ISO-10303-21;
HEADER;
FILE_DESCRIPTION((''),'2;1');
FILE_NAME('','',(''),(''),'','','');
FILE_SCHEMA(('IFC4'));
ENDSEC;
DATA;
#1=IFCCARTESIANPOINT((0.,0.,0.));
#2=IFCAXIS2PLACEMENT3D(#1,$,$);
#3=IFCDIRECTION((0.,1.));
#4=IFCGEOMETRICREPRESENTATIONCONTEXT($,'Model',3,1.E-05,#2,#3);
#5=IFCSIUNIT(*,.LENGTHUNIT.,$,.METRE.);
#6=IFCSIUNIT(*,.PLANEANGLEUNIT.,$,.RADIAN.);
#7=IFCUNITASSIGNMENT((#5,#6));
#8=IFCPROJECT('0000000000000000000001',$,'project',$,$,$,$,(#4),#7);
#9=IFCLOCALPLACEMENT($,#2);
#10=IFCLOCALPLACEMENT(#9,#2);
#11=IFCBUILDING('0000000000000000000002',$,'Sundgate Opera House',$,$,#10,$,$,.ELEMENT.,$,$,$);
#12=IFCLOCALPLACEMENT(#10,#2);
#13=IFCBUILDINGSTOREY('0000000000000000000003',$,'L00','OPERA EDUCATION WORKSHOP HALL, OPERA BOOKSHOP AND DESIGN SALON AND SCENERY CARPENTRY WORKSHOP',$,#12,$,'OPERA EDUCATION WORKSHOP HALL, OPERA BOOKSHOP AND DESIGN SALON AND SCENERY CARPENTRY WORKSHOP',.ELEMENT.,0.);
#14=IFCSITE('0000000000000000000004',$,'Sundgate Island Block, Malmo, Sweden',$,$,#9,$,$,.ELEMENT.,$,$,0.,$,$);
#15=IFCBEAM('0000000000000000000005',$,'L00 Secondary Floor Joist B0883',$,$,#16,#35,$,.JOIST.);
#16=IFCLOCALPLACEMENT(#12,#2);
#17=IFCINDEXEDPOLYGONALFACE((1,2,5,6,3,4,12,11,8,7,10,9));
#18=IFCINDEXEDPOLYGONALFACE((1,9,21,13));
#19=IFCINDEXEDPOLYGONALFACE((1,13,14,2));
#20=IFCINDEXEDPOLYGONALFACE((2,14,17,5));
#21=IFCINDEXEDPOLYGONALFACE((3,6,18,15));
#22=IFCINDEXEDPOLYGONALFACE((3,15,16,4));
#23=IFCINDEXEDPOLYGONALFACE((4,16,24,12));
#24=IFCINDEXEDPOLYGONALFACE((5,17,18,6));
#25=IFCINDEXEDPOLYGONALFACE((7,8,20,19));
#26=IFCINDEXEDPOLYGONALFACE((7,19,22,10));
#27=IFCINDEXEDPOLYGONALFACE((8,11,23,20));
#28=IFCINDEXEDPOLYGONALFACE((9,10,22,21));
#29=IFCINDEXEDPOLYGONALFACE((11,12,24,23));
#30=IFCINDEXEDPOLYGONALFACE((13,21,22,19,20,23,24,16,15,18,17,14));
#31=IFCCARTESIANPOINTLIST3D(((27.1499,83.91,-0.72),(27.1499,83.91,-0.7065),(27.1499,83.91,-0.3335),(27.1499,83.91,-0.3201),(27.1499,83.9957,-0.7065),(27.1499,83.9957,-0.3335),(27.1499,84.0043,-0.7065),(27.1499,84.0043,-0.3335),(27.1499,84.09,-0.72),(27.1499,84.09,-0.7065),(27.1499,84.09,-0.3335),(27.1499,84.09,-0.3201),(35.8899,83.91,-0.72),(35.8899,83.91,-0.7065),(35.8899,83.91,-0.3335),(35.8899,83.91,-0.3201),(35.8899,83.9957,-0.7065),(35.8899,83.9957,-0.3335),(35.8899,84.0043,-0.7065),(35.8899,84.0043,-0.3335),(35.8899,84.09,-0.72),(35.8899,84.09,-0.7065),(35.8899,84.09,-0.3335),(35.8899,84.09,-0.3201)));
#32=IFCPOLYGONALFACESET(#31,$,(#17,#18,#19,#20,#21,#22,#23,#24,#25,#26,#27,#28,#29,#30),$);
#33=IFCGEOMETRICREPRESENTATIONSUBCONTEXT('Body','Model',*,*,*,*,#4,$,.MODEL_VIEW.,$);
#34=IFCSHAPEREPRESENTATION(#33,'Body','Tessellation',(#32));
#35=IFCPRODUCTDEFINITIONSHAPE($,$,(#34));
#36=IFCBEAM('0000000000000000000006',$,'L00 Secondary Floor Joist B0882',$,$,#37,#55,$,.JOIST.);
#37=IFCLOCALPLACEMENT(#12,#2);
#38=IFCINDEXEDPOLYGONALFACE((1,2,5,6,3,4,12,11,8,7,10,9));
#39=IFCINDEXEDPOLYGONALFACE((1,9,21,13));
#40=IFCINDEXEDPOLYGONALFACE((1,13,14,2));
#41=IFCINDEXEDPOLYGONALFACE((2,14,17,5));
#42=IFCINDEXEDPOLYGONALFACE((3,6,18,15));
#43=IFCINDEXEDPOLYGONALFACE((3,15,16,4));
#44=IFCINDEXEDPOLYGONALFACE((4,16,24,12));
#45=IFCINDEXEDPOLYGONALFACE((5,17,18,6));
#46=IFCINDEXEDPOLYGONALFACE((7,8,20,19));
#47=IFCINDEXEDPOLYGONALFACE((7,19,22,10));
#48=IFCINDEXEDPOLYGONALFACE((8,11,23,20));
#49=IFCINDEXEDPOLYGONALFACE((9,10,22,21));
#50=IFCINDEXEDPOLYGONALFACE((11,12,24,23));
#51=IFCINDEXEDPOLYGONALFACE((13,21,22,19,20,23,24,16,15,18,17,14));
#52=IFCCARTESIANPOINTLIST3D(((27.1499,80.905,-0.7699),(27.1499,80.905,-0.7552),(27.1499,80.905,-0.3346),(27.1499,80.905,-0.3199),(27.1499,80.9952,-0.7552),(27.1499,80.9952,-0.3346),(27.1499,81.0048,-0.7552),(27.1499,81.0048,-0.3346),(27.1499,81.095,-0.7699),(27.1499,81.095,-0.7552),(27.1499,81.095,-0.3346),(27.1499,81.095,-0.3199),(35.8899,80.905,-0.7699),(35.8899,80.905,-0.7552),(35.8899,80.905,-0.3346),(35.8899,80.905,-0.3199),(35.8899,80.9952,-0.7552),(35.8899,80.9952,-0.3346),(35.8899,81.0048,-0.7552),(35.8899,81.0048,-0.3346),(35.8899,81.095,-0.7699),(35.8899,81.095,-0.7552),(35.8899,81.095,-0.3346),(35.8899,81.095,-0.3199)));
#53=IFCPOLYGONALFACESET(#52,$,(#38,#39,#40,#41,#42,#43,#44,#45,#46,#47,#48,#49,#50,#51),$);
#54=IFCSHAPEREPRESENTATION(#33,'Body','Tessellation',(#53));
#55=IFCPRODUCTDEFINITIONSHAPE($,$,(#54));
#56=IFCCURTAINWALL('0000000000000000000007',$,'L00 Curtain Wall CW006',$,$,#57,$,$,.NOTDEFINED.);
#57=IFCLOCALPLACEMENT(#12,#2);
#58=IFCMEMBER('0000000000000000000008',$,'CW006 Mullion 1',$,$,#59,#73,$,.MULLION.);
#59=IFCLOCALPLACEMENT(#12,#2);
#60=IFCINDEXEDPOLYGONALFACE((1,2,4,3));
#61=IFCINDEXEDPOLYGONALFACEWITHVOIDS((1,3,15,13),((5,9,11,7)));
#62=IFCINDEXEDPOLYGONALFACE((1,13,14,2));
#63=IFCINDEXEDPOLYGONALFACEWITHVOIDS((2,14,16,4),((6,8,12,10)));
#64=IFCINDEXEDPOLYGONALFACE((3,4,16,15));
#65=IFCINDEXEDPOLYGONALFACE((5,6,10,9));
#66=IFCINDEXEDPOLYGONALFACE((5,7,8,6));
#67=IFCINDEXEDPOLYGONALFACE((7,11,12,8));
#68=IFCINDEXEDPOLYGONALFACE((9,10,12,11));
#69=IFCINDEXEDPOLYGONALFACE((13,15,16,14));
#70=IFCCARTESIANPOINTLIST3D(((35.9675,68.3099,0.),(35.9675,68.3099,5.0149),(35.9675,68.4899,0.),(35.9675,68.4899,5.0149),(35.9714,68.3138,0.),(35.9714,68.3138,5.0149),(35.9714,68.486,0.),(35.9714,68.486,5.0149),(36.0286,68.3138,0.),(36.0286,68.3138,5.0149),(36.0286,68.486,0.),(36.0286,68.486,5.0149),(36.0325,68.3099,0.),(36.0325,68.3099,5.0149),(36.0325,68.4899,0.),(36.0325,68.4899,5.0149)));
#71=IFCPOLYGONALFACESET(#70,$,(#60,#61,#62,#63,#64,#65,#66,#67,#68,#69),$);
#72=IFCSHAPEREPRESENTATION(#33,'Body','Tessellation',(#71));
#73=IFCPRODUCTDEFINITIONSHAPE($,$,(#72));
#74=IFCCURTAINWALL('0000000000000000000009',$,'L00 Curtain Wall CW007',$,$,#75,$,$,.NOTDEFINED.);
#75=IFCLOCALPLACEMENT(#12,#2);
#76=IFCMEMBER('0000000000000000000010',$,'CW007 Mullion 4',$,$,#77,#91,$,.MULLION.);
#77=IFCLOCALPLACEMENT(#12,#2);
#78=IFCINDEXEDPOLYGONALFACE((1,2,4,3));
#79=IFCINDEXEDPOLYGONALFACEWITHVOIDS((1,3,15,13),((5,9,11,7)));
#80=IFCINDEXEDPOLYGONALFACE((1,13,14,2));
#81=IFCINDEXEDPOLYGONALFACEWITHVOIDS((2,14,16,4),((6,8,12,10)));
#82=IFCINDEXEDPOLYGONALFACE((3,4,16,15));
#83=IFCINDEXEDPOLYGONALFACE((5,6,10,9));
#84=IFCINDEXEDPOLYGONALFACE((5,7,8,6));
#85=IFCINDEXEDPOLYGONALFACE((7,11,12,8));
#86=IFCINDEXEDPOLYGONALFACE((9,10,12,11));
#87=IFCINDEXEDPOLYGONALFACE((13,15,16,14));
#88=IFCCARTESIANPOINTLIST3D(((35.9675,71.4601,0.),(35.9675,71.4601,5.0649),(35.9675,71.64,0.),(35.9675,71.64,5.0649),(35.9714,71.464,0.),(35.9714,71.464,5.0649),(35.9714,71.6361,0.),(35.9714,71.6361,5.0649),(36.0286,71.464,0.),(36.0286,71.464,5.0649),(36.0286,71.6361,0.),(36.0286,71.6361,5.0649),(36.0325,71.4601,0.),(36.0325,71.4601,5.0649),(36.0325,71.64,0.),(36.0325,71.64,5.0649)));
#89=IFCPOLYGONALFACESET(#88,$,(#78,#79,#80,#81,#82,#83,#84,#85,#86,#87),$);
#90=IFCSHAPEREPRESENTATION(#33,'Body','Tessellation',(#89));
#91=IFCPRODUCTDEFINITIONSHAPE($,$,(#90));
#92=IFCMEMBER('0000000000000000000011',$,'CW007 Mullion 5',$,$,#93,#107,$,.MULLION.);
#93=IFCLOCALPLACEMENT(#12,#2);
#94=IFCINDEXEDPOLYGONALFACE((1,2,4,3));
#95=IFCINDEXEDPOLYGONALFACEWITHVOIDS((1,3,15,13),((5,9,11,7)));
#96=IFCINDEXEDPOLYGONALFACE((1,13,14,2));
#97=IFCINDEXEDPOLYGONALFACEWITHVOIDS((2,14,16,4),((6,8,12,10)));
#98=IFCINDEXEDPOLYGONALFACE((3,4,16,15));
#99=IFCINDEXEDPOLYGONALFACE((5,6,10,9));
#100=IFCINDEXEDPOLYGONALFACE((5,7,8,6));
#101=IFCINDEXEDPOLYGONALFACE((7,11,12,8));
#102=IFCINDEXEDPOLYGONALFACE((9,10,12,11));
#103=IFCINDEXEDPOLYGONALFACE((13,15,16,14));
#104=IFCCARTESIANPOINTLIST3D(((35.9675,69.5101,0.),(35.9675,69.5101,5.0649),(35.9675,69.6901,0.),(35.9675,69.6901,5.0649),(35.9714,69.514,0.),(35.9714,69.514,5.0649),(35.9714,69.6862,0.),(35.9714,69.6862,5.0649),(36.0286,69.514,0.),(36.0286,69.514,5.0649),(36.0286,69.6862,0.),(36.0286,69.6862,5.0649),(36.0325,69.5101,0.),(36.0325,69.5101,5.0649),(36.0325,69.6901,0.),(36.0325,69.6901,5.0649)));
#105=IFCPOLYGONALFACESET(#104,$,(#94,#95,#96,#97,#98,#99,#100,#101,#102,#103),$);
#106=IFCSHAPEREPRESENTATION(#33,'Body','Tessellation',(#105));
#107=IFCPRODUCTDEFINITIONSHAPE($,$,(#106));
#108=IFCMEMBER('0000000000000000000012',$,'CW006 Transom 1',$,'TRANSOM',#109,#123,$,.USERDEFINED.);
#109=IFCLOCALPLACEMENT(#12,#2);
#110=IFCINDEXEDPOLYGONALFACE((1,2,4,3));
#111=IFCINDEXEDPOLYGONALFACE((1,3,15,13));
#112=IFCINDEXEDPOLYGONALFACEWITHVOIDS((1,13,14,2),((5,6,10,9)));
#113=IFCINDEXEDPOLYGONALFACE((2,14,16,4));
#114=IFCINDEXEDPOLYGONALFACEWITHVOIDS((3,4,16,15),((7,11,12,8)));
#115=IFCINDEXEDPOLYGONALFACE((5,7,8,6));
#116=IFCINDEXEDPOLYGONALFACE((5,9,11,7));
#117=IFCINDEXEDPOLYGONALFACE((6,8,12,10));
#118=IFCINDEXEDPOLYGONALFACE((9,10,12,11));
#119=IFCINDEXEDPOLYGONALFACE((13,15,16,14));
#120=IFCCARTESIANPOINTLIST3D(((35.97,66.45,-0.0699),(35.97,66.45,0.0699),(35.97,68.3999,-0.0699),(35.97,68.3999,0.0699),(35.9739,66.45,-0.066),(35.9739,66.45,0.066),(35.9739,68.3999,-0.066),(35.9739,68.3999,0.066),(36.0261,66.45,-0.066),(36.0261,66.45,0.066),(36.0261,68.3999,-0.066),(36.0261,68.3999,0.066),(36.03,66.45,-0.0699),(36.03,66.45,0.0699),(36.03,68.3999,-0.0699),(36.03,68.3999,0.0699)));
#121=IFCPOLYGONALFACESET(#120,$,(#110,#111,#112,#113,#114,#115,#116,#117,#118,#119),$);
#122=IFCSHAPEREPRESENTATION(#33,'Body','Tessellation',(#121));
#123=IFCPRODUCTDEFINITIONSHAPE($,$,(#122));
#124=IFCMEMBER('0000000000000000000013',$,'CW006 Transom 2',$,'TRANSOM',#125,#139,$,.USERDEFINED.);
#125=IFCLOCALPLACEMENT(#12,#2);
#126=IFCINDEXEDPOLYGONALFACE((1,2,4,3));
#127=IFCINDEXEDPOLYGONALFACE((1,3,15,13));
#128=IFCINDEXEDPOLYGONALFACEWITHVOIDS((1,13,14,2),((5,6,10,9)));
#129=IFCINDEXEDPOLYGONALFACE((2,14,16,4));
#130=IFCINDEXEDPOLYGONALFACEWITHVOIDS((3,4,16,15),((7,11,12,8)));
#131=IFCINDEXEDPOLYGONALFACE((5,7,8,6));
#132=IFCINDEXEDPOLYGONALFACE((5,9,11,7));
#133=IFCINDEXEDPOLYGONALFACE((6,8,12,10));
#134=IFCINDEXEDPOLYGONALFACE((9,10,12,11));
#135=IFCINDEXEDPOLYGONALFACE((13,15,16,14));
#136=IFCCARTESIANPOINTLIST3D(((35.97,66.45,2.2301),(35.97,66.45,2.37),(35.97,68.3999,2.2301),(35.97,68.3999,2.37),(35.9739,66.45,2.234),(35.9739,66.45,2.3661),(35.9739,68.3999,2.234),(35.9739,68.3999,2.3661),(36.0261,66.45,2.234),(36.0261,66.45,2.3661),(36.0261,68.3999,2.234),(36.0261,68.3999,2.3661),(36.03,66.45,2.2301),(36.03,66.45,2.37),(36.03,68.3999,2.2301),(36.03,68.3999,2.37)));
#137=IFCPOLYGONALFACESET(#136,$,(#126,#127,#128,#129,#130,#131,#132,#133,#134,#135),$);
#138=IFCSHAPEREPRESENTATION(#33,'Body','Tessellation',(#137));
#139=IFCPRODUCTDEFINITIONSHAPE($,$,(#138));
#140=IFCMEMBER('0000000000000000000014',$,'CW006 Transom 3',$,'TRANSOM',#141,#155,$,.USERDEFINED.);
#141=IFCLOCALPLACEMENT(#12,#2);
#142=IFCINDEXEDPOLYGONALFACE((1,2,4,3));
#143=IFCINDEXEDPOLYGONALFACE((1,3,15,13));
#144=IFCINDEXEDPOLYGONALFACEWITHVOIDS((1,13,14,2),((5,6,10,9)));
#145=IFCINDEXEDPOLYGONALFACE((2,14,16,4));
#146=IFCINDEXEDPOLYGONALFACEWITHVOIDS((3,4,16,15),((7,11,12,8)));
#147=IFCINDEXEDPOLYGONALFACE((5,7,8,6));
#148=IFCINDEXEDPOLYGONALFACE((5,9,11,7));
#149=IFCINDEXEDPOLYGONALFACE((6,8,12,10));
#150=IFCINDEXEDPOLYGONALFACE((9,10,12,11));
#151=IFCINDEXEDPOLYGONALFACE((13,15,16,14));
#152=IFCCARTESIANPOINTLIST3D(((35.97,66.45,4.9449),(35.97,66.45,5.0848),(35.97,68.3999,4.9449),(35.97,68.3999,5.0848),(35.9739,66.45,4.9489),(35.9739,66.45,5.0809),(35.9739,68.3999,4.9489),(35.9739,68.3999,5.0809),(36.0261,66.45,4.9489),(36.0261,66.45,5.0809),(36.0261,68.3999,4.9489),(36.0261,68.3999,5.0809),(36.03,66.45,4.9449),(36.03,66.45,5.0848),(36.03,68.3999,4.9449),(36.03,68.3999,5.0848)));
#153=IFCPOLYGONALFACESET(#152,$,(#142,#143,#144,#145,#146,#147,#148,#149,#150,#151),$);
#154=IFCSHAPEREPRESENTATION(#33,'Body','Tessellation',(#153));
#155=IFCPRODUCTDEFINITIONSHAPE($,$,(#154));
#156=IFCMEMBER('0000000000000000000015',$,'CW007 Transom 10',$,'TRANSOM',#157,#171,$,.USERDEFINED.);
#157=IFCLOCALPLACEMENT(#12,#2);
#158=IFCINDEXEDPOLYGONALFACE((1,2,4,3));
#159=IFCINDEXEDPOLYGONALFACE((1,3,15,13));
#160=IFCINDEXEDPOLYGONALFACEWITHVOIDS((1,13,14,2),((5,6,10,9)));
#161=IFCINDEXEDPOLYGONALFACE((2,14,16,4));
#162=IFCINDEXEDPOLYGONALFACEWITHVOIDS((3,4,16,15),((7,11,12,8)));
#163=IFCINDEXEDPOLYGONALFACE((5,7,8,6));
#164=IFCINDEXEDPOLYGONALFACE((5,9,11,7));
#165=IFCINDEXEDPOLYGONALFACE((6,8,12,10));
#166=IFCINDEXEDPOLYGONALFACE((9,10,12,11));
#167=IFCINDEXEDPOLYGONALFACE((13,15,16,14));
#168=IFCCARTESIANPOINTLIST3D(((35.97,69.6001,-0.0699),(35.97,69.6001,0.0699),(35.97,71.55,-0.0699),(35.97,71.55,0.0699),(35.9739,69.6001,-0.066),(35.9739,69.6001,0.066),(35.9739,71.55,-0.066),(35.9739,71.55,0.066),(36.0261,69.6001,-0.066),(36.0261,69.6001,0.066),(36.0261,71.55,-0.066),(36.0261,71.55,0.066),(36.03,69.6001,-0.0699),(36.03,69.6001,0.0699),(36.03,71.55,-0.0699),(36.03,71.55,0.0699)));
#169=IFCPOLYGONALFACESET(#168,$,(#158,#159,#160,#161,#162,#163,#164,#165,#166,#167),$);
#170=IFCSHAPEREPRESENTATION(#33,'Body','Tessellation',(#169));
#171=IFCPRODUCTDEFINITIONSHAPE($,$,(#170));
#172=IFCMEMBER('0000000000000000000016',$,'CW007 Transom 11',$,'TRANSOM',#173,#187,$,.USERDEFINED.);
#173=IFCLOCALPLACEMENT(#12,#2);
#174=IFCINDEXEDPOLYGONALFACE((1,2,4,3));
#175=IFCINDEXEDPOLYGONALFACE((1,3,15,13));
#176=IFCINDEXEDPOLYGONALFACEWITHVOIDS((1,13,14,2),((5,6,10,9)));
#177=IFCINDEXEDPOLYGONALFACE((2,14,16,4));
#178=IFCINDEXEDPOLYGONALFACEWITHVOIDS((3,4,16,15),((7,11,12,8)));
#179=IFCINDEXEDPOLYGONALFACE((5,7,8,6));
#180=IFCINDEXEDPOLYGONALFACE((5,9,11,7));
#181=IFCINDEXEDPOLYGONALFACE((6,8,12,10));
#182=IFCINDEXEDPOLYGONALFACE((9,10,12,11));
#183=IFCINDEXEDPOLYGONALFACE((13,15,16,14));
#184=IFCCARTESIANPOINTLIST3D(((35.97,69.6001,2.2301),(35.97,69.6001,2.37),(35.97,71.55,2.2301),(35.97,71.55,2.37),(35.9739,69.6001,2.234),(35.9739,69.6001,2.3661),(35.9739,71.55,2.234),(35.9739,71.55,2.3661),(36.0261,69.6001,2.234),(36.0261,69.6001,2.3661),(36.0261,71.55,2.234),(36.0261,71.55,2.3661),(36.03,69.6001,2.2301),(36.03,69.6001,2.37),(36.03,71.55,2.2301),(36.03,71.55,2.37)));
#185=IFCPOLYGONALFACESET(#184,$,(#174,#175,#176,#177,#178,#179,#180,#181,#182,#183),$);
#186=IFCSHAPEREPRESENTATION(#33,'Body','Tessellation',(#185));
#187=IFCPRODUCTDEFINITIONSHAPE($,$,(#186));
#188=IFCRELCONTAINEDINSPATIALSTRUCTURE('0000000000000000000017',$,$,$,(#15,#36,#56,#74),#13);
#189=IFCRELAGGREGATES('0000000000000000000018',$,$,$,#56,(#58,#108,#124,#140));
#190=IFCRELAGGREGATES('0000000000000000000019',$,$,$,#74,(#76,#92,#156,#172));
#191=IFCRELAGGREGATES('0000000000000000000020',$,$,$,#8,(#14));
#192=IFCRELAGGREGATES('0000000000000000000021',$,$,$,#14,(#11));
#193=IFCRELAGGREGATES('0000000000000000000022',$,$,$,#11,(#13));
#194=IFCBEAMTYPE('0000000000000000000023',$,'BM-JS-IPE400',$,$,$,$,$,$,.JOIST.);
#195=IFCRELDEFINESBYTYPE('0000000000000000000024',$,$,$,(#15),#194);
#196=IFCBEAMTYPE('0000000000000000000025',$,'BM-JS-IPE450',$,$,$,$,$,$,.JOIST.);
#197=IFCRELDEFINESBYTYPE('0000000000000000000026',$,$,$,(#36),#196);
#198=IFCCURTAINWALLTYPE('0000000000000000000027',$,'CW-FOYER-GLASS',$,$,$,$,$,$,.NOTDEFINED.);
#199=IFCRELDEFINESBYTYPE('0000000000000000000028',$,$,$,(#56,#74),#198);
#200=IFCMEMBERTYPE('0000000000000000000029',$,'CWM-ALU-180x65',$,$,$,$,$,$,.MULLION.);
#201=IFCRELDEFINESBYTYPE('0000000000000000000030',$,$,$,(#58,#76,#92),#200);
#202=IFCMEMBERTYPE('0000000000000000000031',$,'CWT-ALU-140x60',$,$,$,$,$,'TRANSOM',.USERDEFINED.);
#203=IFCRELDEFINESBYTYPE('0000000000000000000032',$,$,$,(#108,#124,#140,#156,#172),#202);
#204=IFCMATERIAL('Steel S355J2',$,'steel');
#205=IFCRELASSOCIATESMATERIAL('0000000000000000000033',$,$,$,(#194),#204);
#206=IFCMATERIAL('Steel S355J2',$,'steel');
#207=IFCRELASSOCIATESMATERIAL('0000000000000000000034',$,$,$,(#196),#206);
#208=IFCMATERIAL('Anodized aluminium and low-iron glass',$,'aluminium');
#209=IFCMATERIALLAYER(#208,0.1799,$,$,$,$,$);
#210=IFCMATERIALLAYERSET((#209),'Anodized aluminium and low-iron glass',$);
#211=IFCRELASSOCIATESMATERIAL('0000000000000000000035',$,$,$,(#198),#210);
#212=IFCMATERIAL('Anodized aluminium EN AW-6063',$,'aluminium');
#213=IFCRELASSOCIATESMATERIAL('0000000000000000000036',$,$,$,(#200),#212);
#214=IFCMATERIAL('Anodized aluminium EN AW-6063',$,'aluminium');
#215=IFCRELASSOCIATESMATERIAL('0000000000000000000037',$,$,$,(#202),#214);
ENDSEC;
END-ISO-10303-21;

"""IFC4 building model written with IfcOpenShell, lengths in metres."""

from ifc_helpers import new_model, si_unit, direction, frame, origin, origin_2d, place, context, subcontext, project, spatial, hollow_rectangle, i_section, extrude, material, layer, layer_set, material_profile, profile_set, type_object, element, aggregate, save


model = new_model("IFC4")

# Units and contexts
model_context = context("Model", 3, precision=1e-05, world=origin(), true_north=direction((0.0, 1.0)))
body_context = subcontext(model_context, "Body", "Model", "MODEL_VIEW")
ifc_project = project(units=[si_unit("LENGTHUNIT", "METRE"), si_unit("PLANEANGLEUNIT", "RADIAN")], contexts=[model_context])

# Site, building, storey
site_placement = place(None, origin())
site = spatial("IfcSite", under=ifc_project, at=site_placement, Name="Sundgate Island Block, Malmo, Sweden", CompositionType="ELEMENT", RefElevation=0.0)
building_placement = place(site_placement, origin())
building = spatial("IfcBuilding", under=site, at=building_placement, Name="Sundgate Opera House", CompositionType="ELEMENT")
storey_placement = place(building_placement, origin())
storey = spatial("IfcBuildingStorey", under=building, at=storey_placement, Name="L00", Description="OPERA EDUCATION WORKSHOP HALL, OPERA BOOKSHOP AND DESIGN SALON AND SCENERY CARPENTRY WORKSHOP", LongName="OPERA EDUCATION WORKSHOP HALL, OPERA BOOKSHOP AND DESIGN SALON AND SCENERY CARPENTRY WORKSHOP", CompositionType="ELEMENT", Elevation=0.0)

# Beams
ifc_material_1 = material(Name="Steel S355J2", Category="steel")
ifc_material_profile_1 = material_profile(ifc_material_1, i_section(OverallWidth=0.1799, OverallDepth=0.3999, WebThickness=0.0085, FlangeThickness=0.0134, at=origin_2d()), Name="IPE 400")
ifc_profile_set_1 = profile_set([ifc_material_profile_1], Name="Steel S355J2")
beam_type_1 = type_object("IfcBeamType", Name="BM-JS-IPE400", PredefinedType="JOIST", material=ifc_profile_set_1)
beam_1_placement = place(storey_placement, frame((27.1499, 84.0, -0.52), z_axis=(1.0, 0.0, 0.0), x_axis=(0.0, 1.0, 0.0)))
element("IfcBeam", 1, at=beam_1_placement, inside=storey, type_object=beam_type_1, Name="L00 Secondary Floor Joist B0883", PredefinedType="JOIST", context=body_context, shape_type="SweptSolid", body=[
    extrude(i_section(OverallWidth=0.1799, OverallDepth=0.3999, WebThickness=0.0085, FlangeThickness=0.0134, at=origin_2d()), origin(), (0.0, 0.0, 1.0), 8.74),
])
ifc_material_2 = material(Name="Steel S355J2", Category="steel")
ifc_material_profile_2 = material_profile(ifc_material_2, i_section(OverallWidth=0.1899, OverallDepth=0.45, WebThickness=0.0095, FlangeThickness=0.0146, at=origin_2d()), Name="IPE 450")
ifc_profile_set_2 = profile_set([ifc_material_profile_2], Name="Steel S355J2")
beam_type_2 = type_object("IfcBeamType", Name="BM-JS-IPE450", PredefinedType="JOIST", material=ifc_profile_set_2)
beam_2_placement = place(storey_placement, frame((27.1499, 81.0, -0.5449), z_axis=(1.0, 0.0, 0.0), x_axis=(0.0, 1.0, 0.0)))
element("IfcBeam", 2, at=beam_2_placement, inside=storey, type_object=beam_type_2, Name="L00 Secondary Floor Joist B0882", PredefinedType="JOIST", context=body_context, shape_type="SweptSolid", body=[
    extrude(i_section(OverallWidth=0.1899, OverallDepth=0.45, WebThickness=0.0095, FlangeThickness=0.0146, at=origin_2d()), origin(), (0.0, 0.0, 1.0), 8.74),
])

# Curtain wall, member
ifc_material_3 = material(Name="Anodized aluminium and low-iron glass", Category="aluminium")
ifc_layer_1 = layer(ifc_material_3, 0.1799)
ifc_layer_set_1 = layer_set([ifc_layer_1], Name="Anodized aluminium and low-iron glass")
curtain_wall_type = type_object("IfcCurtainWallType", Name="CW-FOYER-GLASS", PredefinedType="NOTDEFINED", material=ifc_layer_set_1)
curtain_wall_1_placement = place(storey_placement, origin())
curtain_wall_1 = element("IfcCurtainWall", 3, at=curtain_wall_1_placement, inside=storey, type_object=curtain_wall_type, Name="L00 Curtain Wall CW006", PredefinedType="NOTDEFINED")
ifc_material_4 = material(Name="Anodized aluminium EN AW-6063", Category="aluminium")
ifc_material_profile_3 = material_profile(ifc_material_4, hollow_rectangle(XDim=0.0649, YDim=0.1799, WallThickness=0.0039, at=origin_2d()), Name="CWM 180x65x4")
ifc_profile_set_3 = profile_set([ifc_material_profile_3], Name="Anodized aluminium EN AW-6063")
member_type_1 = type_object("IfcMemberType", Name="CWM-ALU-180x65", PredefinedType="MULLION", material=ifc_profile_set_3)
member_1_placement = place(storey_placement, frame((36.0, 68.3999, 0.0), z_axis=(0.0, 0.0, 1.0), x_axis=(1.0, 0.0, 0.0)))
member_1 = element("IfcMember", 4, at=member_1_placement, type_object=member_type_1, Name="CW006 Mullion 1", PredefinedType="MULLION", context=body_context, shape_type="SweptSolid", body=[
    extrude(hollow_rectangle(XDim=0.0649, YDim=0.1799, WallThickness=0.0039, at=origin_2d()), origin(), (0.0, 0.0, 1.0), 5.0149),
])

# Curtain wall, members
curtain_wall_2_placement = place(storey_placement, origin())
curtain_wall_2 = element("IfcCurtainWall", 5, at=curtain_wall_2_placement, inside=storey, type_object=curtain_wall_type, Name="L00 Curtain Wall CW007", PredefinedType="NOTDEFINED")
member_2_placement = place(storey_placement, frame((36.0, 71.55, 0.0), z_axis=(0.0, 0.0, 1.0), x_axis=(1.0, 0.0, 0.0)))
member_2 = element("IfcMember", 6, at=member_2_placement, type_object=member_type_1, Name="CW007 Mullion 4", PredefinedType="MULLION", context=body_context, shape_type="SweptSolid", body=[
    extrude(hollow_rectangle(XDim=0.0649, YDim=0.1799, WallThickness=0.0039, at=origin_2d()), origin(), (0.0, 0.0, 1.0), 5.0649),
])
member_3_placement = place(storey_placement, frame((36.0, 69.6001, 0.0), z_axis=(0.0, 0.0, 1.0), x_axis=(1.0, 0.0, 0.0)))
member_3 = element("IfcMember", 7, at=member_3_placement, type_object=member_type_1, Name="CW007 Mullion 5", PredefinedType="MULLION", context=body_context, shape_type="SweptSolid", body=[
    extrude(hollow_rectangle(XDim=0.0649, YDim=0.1799, WallThickness=0.0039, at=origin_2d()), origin(), (0.0, 0.0, 1.0), 5.0649),
])

# Members
ifc_material_5 = material(Name="Anodized aluminium EN AW-6063", Category="aluminium")
ifc_material_profile_4 = material_profile(ifc_material_5, hollow_rectangle(XDim=0.0601, YDim=0.1399, WallThickness=0.0039, at=origin_2d()), Name="CWT 140x60x4")
ifc_profile_set_4 = profile_set([ifc_material_profile_4], Name="Anodized aluminium EN AW-6063")
member_type_2 = type_object("IfcMemberType", Name="CWT-ALU-140x60", ElementType="TRANSOM", PredefinedType="USERDEFINED", material=ifc_profile_set_4)
member_4_placement = place(storey_placement, frame((36.0, 68.3999, 0.0), z_axis=(0.0, -1.0, 0.0), x_axis=(1.0, 0.0, 0.0)))
member_4 = element("IfcMember", 8, at=member_4_placement, type_object=member_type_2, Name="CW006 Transom 1", ObjectType="TRANSOM", PredefinedType="USERDEFINED", context=body_context, shape_type="SweptSolid", body=[
    extrude(hollow_rectangle(XDim=0.0601, YDim=0.1399, WallThickness=0.0039, at=origin_2d()), origin(), (0.0, 0.0, 1.0), 1.95),
])
member_5_placement = place(storey_placement, frame((36.0, 68.3999, 2.3), z_axis=(0.0, -1.0, 0.0), x_axis=(1.0, 0.0, 0.0)))
member_5 = element("IfcMember", 9, at=member_5_placement, type_object=member_type_2, Name="CW006 Transom 2", ObjectType="TRANSOM", PredefinedType="USERDEFINED", context=body_context, shape_type="SweptSolid", body=[
    extrude(hollow_rectangle(XDim=0.0601, YDim=0.1399, WallThickness=0.0039, at=origin_2d()), origin(), (0.0, 0.0, 1.0), 1.95),
])
member_6_placement = place(storey_placement, frame((36.0, 68.3999, 5.0149), z_axis=(0.0, -1.0, 0.0), x_axis=(1.0, 0.0, 0.0)))
member_6 = element("IfcMember", 10, at=member_6_placement, type_object=member_type_2, Name="CW006 Transom 3", ObjectType="TRANSOM", PredefinedType="USERDEFINED", context=body_context, shape_type="SweptSolid", body=[
    extrude(hollow_rectangle(XDim=0.0601, YDim=0.1399, WallThickness=0.0039, at=origin_2d()), origin(), (0.0, 0.0, 1.0), 1.95),
])
member_7_placement = place(storey_placement, frame((36.0, 71.55, 0.0), z_axis=(0.0, -1.0, 0.0), x_axis=(1.0, 0.0, 0.0)))
member_7 = element("IfcMember", 11, at=member_7_placement, type_object=member_type_2, Name="CW007 Transom 10", ObjectType="TRANSOM", PredefinedType="USERDEFINED", context=body_context, shape_type="SweptSolid", body=[
    extrude(hollow_rectangle(XDim=0.0601, YDim=0.1399, WallThickness=0.0039, at=origin_2d()), origin(), (0.0, 0.0, 1.0), 1.95),
])
member_8_placement = place(storey_placement, frame((36.0, 71.55, 2.3), z_axis=(0.0, -1.0, 0.0), x_axis=(1.0, 0.0, 0.0)))
member_8 = element("IfcMember", 12, at=member_8_placement, type_object=member_type_2, Name="CW007 Transom 11", ObjectType="TRANSOM", PredefinedType="USERDEFINED", context=body_context, shape_type="SweptSolid", body=[
    extrude(hollow_rectangle(XDim=0.0601, YDim=0.1399, WallThickness=0.0039, at=origin_2d()), origin(), (0.0, 0.0, 1.0), 1.95),
])

aggregate(curtain_wall_1, [member_1, member_4, member_5, member_6])
aggregate(curtain_wall_2, [member_2, member_3, member_7, member_8])

save(model, "model.ifc")
